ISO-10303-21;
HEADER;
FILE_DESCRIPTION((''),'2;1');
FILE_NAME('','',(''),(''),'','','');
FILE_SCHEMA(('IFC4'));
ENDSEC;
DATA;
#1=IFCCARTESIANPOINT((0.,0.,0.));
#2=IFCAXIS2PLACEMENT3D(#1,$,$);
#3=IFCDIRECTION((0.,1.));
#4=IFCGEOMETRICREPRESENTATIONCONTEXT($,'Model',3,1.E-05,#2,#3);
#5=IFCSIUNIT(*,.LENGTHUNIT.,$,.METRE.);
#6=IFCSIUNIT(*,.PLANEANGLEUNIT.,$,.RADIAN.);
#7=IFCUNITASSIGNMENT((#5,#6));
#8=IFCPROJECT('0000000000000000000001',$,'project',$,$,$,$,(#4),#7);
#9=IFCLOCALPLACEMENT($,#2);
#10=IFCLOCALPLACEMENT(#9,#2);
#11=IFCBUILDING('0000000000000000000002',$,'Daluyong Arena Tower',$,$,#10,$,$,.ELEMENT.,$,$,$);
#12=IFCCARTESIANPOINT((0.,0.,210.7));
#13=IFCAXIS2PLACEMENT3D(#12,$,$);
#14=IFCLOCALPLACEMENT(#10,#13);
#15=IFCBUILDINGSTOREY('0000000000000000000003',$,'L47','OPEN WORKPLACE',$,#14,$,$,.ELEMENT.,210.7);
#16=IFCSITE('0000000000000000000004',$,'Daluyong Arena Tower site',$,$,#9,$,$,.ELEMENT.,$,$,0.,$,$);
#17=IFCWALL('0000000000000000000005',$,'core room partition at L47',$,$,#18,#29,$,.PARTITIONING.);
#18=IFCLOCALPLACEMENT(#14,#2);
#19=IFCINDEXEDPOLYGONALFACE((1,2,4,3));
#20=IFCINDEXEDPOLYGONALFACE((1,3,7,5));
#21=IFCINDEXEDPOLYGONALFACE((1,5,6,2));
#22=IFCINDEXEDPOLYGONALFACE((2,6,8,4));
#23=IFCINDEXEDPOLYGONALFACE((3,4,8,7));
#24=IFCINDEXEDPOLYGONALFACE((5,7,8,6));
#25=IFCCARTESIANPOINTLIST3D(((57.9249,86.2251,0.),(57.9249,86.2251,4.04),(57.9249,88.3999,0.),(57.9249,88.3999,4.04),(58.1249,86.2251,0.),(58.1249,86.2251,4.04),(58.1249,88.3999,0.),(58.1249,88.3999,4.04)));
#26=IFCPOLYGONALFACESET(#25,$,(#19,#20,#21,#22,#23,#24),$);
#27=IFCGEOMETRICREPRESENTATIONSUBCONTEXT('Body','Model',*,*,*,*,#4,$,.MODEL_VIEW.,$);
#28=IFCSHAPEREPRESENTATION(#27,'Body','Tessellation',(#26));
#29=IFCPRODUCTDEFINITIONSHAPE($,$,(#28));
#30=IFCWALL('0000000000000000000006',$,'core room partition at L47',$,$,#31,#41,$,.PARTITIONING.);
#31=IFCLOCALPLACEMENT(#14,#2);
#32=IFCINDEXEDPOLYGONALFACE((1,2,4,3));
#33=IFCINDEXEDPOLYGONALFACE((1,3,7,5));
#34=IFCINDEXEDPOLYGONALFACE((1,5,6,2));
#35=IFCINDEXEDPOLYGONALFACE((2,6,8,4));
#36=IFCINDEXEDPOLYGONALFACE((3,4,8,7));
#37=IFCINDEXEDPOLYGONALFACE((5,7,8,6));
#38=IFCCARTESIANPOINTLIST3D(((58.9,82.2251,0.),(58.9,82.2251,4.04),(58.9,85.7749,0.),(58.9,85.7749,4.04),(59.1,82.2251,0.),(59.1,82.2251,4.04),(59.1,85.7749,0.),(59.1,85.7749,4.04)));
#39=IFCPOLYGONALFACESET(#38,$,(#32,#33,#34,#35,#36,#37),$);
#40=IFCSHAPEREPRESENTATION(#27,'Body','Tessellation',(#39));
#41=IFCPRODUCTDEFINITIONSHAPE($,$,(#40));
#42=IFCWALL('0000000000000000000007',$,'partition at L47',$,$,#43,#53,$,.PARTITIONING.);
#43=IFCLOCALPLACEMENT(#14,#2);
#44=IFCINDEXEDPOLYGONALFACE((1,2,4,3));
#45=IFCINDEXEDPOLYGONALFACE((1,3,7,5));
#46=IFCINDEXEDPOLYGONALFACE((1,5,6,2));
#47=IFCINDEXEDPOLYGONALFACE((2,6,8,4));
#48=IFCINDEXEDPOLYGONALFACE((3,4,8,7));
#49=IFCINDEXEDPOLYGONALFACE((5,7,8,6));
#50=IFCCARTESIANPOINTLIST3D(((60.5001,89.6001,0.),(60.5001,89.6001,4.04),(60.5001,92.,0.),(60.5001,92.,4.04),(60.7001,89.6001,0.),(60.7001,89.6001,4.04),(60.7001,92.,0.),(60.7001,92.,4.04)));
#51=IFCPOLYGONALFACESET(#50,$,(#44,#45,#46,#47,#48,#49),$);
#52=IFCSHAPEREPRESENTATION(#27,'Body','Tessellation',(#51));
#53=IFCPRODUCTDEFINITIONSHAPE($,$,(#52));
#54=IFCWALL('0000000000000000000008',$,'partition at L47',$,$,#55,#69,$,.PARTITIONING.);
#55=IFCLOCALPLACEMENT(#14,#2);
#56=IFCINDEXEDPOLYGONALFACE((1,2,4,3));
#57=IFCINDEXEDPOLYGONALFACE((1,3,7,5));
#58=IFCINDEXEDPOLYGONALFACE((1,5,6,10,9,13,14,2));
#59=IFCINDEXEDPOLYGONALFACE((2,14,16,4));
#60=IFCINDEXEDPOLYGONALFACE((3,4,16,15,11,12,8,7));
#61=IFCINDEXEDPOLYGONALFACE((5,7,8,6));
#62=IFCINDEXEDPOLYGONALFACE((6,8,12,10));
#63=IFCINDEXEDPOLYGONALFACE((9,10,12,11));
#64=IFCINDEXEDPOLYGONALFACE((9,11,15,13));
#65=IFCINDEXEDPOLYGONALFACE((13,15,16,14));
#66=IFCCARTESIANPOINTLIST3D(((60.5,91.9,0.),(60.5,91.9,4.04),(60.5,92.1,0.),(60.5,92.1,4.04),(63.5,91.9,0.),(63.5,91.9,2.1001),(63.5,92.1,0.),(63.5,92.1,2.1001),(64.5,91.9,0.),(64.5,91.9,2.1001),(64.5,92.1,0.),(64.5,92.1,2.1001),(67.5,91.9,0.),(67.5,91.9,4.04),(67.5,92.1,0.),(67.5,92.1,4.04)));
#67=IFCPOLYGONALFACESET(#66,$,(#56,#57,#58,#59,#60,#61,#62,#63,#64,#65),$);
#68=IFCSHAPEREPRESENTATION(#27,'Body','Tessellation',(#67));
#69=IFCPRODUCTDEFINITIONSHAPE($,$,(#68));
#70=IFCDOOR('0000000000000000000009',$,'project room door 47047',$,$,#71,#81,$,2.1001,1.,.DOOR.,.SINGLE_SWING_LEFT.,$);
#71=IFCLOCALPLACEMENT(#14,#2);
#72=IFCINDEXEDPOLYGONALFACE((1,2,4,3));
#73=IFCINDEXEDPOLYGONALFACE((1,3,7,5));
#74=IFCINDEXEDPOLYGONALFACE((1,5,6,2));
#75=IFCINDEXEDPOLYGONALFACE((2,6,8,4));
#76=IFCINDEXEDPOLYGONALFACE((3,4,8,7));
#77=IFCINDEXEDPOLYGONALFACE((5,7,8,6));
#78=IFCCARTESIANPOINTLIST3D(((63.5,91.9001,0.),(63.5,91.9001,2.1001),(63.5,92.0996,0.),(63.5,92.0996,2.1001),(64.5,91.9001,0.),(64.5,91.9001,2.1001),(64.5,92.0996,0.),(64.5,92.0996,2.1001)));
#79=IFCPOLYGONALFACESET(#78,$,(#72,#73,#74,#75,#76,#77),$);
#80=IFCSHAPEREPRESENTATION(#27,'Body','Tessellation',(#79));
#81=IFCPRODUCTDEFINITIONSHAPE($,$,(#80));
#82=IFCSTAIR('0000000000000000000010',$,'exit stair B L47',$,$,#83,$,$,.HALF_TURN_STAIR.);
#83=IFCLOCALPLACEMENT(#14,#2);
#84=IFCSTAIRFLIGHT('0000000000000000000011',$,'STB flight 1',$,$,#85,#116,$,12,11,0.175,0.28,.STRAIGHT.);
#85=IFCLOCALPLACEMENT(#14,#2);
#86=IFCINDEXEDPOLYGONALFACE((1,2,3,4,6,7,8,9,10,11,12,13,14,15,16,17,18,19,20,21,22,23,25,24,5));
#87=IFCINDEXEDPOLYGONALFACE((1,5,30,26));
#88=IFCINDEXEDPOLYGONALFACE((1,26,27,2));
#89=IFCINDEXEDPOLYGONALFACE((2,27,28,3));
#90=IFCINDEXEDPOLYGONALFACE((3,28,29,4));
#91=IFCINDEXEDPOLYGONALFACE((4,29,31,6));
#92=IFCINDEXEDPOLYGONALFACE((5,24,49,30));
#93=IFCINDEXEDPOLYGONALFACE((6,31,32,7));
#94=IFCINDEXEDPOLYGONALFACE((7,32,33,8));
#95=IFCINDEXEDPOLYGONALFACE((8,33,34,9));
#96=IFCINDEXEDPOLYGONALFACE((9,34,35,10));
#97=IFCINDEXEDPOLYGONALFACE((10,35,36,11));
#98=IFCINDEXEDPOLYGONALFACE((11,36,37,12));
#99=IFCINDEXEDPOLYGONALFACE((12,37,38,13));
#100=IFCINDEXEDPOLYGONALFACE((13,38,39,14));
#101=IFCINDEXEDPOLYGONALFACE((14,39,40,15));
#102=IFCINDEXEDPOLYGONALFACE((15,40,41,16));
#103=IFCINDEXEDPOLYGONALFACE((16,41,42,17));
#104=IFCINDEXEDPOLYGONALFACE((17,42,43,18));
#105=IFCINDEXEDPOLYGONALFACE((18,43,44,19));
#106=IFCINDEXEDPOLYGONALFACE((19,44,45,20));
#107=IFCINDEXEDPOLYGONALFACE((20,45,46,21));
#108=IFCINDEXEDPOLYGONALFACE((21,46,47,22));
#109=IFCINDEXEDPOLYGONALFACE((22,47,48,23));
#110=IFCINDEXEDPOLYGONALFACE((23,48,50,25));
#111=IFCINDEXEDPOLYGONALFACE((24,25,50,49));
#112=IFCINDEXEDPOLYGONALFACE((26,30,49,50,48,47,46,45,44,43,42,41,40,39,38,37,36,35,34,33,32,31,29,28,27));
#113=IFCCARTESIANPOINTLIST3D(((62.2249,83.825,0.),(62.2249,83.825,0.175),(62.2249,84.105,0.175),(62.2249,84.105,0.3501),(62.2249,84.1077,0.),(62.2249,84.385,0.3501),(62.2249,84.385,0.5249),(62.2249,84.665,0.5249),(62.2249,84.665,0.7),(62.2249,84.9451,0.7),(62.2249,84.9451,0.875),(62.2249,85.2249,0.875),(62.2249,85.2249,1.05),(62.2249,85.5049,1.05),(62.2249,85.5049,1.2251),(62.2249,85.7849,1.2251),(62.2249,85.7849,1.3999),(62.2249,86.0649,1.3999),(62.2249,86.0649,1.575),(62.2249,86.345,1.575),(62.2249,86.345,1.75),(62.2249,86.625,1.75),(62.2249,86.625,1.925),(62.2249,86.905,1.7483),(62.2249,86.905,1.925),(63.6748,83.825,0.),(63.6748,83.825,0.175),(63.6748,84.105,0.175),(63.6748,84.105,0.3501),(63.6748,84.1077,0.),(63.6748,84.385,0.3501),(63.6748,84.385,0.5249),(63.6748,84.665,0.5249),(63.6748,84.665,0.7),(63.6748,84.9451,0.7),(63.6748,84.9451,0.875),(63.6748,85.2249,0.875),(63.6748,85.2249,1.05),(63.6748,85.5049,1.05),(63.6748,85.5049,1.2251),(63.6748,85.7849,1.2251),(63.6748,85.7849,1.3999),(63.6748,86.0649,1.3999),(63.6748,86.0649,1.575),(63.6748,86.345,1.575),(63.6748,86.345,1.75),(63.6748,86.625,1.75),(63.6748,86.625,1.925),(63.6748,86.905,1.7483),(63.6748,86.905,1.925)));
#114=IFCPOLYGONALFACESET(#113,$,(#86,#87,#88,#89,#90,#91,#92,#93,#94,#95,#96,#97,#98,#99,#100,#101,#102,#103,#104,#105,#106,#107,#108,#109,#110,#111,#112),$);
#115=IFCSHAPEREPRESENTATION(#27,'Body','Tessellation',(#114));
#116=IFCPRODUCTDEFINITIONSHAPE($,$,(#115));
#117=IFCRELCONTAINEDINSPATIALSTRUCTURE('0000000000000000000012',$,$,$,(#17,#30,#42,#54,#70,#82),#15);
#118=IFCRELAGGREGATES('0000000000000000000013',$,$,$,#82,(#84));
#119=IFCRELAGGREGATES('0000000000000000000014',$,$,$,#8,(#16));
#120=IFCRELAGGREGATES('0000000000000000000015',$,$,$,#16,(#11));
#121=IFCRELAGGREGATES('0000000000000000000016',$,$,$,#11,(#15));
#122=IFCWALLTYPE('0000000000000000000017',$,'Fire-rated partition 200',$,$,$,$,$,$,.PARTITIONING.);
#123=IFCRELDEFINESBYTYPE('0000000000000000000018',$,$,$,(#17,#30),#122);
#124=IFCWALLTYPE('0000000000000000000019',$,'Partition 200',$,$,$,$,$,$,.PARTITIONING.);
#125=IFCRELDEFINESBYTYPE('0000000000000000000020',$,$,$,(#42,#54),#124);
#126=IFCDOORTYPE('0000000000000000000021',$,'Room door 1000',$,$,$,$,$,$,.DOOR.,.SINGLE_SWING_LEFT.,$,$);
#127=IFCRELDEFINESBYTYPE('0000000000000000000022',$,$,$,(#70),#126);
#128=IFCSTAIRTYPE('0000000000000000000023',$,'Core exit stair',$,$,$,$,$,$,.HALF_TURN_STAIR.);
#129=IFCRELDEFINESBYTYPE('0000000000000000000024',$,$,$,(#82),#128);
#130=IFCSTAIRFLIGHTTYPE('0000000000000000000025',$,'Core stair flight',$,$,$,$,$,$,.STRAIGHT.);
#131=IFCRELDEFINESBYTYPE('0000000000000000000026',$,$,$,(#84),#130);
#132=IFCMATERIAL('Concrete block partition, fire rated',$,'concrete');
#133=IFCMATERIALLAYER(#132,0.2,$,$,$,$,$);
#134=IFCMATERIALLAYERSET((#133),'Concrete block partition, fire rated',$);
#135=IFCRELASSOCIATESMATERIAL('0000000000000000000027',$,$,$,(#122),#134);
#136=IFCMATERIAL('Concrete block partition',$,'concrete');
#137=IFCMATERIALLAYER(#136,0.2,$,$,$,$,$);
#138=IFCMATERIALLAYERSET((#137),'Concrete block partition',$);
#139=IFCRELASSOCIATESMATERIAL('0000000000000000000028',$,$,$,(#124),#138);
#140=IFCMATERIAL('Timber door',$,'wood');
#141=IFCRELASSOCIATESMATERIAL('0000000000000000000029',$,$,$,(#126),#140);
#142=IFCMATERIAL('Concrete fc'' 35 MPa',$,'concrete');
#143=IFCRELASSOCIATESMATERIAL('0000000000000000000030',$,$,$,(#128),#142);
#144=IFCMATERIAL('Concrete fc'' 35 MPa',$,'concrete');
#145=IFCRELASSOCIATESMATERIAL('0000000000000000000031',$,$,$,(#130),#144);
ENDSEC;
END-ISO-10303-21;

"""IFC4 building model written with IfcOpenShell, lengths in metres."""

from ifc_helpers import new_model, si_unit, direction, frame, frame_2d, origin, place, context, subcontext, project, spatial, polyline, rectangle, outline, extrude, material, layer, layer_set, type_object, element, fill, aggregate, save


model = new_model("IFC4")

# Units and contexts
model_context = context("Model", 3, precision=1e-05, world=origin(), true_north=direction((0.0, 1.0)))
body_context = subcontext(model_context, "Body", "Model", "MODEL_VIEW")
ifc_project = project(units=[si_unit("LENGTHUNIT", "METRE"), si_unit("PLANEANGLEUNIT", "RADIAN")], contexts=[model_context])

# Site, building, storey
site_placement = place(None, origin())
site = spatial("IfcSite", under=ifc_project, at=site_placement, Name="Daluyong Arena Tower site", CompositionType="ELEMENT", RefElevation=0.0)
building_placement = place(site_placement, origin())
building = spatial("IfcBuilding", under=site, at=building_placement, Name="Daluyong Arena Tower", CompositionType="ELEMENT")
storey_placement = place(building_placement, frame((0.0, 0.0, 210.7)))
storey = spatial("IfcBuildingStorey", under=building, at=storey_placement, Name="L47", Description="OPEN WORKPLACE", CompositionType="ELEMENT", Elevation=210.7)

# Shared definitions
ifc_material_1 = material(Name="Concrete block partition, fire rated", Category="concrete")
ifc_layer_1 = layer(ifc_material_1, 0.2)
ifc_layer_set_1 = layer_set([ifc_layer_1], Name="Concrete block partition, fire rated")
wall_type_1 = type_object("IfcWallType", Name="Fire-rated partition 200", PredefinedType="PARTITIONING", material=ifc_layer_set_1)

# Walls
wall_1_placement = place(storey_placement, frame((58.0249, 86.2251, 0.0), z_axis=(0.0, 0.0, 1.0), x_axis=(0.0, 1.0, 0.0)))
element("IfcWall", 1, at=wall_1_placement, inside=storey, type_object=wall_type_1, Name="core room partition at L47", PredefinedType="PARTITIONING", context=body_context, shape_type="SweptSolid", body=[
    extrude(rectangle(XDim=2.1748, YDim=0.2, at=frame_2d((1.0874, 0.0))), origin(), (0.0, 0.0, 1.0), 4.04),
])
wall_2_placement = place(storey_placement, frame((59.0, 82.2251, 0.0), z_axis=(0.0, 0.0, 1.0), x_axis=(0.0, 1.0, 0.0)))
element("IfcWall", 2, at=wall_2_placement, inside=storey, type_object=wall_type_1, Name="core room partition at L47", PredefinedType="PARTITIONING", context=body_context, shape_type="SweptSolid", body=[
    extrude(rectangle(XDim=3.5498, YDim=0.2, at=frame_2d((1.7749, 0.0))), origin(), (0.0, 0.0, 1.0), 4.04),
])
ifc_material_2 = material(Name="Concrete block partition", Category="concrete")
ifc_layer_2 = layer(ifc_material_2, 0.2)
ifc_layer_set_2 = layer_set([ifc_layer_2], Name="Concrete block partition")
wall_type_2 = type_object("IfcWallType", Name="Partition 200", PredefinedType="PARTITIONING", material=ifc_layer_set_2)
wall_3_placement = place(storey_placement, frame((60.6001, 89.6001, 0.0), z_axis=(0.0, 0.0, 1.0), x_axis=(0.0, 1.0, 0.0)))
element("IfcWall", 3, at=wall_3_placement, inside=storey, type_object=wall_type_2, Name="partition at L47", PredefinedType="PARTITIONING", context=body_context, shape_type="SweptSolid", body=[
    extrude(rectangle(XDim=2.3999, YDim=0.2, at=frame_2d((1.2, 0.0))), origin(), (0.0, 0.0, 1.0), 4.04),
])

# Wall, opening, door
wall_4_placement = place(storey_placement, frame((60.5, 92.0, 0.0), z_axis=(0.0, 0.0, 1.0), x_axis=(1.0, 0.0, 0.0)))
wall_4 = element("IfcWall", 4, at=wall_4_placement, inside=storey, type_object=wall_type_2, Name="partition at L47", PredefinedType="PARTITIONING", context=body_context, shape_type="SweptSolid", body=[
    extrude(rectangle(XDim=7.0, YDim=0.2, at=frame_2d((3.5, 0.0))), origin(), (0.0, 0.0, 1.0), 4.04),
])
opening_1_placement = place(wall_4_placement, frame((3.0, 0.0, 0.0)))
opening_1 = element("IfcOpeningElement", 5, at=opening_1_placement, cuts=wall_4, PredefinedType="OPENING", context=body_context, shape_type="SweptSolid", body=[
    extrude(rectangle(XDim=1.0, YDim=2.1001, at=frame_2d((0.5, 1.05))), frame((0.0, 0.1099, 0.0), z_axis=(0.0, -1.0, 0.0), x_axis=(1.0, 0.0, 0.0)), (0.0, 0.0, 1.0), 0.22),
])
ifc_material_3 = material(Name="Timber door", Category="wood")
door_type_1 = type_object("IfcDoorType", Name="Room door 1000", OperationType="SINGLE_SWING_LEFT", PredefinedType="DOOR", material=ifc_material_3)
door_1_placement = place(opening_1_placement, origin())
door_1 = element("IfcDoor", 6, at=door_1_placement, inside=storey, type_object=door_type_1, Name="project room door 47047", OperationType="SINGLE_SWING_LEFT", OverallHeight=2.1001, OverallWidth=1.0, PredefinedType="DOOR", context=body_context, shape_type="SweptSolid", body=[
    extrude(rectangle(XDim=1.0, YDim=2.1001, at=frame_2d((0.5, 1.05))), frame((0.0, 0.0996, 0.0), z_axis=(0.0, -1.0, 0.0), x_axis=(1.0, 0.0, 0.0)), (0.0, 0.0, 1.0), 0.1995),
])
fill(opening_1, door_1)

# Stair, stair flight
ifc_material_4 = material(Name="Concrete fc' 35 MPa", Category="concrete")
stair_type = type_object("IfcStairType", Name="Core exit stair", PredefinedType="HALF_TURN_STAIR", material=ifc_material_4)
stair_placement = place(storey_placement, origin())
stair = element("IfcStair", 7, at=stair_placement, inside=storey, type_object=stair_type, Name="exit stair B L47", PredefinedType="HALF_TURN_STAIR")
ifc_material_5 = material(Name="Concrete fc' 35 MPa", Category="concrete")
stair_flight_type = type_object("IfcStairFlightType", Name="Core stair flight", PredefinedType="STRAIGHT", material=ifc_material_5)
stair_flight_placement = place(storey_placement, frame((62.95, 83.825, 0.0), z_axis=(0.0, 0.0, 1.0), x_axis=(0.0, 1.0, 0.0)))
stair_flight = element("IfcStairFlight", 8, at=stair_flight_placement, type_object=stair_flight_type, Name="STB flight 1", NumberOfRisers=12, NumberOfTreads=11, PredefinedType="STRAIGHT", RiserHeight=0.175, TreadLength=0.28, context=body_context, shape_type="SweptSolid", body=[
    extrude(outline(polyline([(0.0, 0.0), (0.0, 0.175), (0.28, 0.175), (0.28, 0.3501), (0.5601, 0.3501), (0.5601, 0.5249), (0.8401, 0.5249), (0.8401, 0.7), (1.1201, 0.7), (1.1201, 0.875), (1.3999, 0.875), (1.3999, 1.05), (1.6799, 1.05), (1.6799, 1.2251), (1.96, 1.2251), (1.96, 1.3999), (2.24, 1.3999), (2.24, 1.575), (2.52, 1.575), (2.52, 1.75), (2.8, 1.75), (2.8, 1.925), (3.0801, 1.925), (3.0801, 2.1001), (3.0801, 1.7483), (0.2827, 0.0), (0.0, 0.0)])), frame((0.0, 0.7251, 0.0), z_axis=(0.0, -1.0, 0.0), x_axis=(1.0, 0.0, 0.0)), (0.0, 0.0, 1.0), 1.45),
])
aggregate(stair, [stair_flight])

save(model, "model.ifc")
